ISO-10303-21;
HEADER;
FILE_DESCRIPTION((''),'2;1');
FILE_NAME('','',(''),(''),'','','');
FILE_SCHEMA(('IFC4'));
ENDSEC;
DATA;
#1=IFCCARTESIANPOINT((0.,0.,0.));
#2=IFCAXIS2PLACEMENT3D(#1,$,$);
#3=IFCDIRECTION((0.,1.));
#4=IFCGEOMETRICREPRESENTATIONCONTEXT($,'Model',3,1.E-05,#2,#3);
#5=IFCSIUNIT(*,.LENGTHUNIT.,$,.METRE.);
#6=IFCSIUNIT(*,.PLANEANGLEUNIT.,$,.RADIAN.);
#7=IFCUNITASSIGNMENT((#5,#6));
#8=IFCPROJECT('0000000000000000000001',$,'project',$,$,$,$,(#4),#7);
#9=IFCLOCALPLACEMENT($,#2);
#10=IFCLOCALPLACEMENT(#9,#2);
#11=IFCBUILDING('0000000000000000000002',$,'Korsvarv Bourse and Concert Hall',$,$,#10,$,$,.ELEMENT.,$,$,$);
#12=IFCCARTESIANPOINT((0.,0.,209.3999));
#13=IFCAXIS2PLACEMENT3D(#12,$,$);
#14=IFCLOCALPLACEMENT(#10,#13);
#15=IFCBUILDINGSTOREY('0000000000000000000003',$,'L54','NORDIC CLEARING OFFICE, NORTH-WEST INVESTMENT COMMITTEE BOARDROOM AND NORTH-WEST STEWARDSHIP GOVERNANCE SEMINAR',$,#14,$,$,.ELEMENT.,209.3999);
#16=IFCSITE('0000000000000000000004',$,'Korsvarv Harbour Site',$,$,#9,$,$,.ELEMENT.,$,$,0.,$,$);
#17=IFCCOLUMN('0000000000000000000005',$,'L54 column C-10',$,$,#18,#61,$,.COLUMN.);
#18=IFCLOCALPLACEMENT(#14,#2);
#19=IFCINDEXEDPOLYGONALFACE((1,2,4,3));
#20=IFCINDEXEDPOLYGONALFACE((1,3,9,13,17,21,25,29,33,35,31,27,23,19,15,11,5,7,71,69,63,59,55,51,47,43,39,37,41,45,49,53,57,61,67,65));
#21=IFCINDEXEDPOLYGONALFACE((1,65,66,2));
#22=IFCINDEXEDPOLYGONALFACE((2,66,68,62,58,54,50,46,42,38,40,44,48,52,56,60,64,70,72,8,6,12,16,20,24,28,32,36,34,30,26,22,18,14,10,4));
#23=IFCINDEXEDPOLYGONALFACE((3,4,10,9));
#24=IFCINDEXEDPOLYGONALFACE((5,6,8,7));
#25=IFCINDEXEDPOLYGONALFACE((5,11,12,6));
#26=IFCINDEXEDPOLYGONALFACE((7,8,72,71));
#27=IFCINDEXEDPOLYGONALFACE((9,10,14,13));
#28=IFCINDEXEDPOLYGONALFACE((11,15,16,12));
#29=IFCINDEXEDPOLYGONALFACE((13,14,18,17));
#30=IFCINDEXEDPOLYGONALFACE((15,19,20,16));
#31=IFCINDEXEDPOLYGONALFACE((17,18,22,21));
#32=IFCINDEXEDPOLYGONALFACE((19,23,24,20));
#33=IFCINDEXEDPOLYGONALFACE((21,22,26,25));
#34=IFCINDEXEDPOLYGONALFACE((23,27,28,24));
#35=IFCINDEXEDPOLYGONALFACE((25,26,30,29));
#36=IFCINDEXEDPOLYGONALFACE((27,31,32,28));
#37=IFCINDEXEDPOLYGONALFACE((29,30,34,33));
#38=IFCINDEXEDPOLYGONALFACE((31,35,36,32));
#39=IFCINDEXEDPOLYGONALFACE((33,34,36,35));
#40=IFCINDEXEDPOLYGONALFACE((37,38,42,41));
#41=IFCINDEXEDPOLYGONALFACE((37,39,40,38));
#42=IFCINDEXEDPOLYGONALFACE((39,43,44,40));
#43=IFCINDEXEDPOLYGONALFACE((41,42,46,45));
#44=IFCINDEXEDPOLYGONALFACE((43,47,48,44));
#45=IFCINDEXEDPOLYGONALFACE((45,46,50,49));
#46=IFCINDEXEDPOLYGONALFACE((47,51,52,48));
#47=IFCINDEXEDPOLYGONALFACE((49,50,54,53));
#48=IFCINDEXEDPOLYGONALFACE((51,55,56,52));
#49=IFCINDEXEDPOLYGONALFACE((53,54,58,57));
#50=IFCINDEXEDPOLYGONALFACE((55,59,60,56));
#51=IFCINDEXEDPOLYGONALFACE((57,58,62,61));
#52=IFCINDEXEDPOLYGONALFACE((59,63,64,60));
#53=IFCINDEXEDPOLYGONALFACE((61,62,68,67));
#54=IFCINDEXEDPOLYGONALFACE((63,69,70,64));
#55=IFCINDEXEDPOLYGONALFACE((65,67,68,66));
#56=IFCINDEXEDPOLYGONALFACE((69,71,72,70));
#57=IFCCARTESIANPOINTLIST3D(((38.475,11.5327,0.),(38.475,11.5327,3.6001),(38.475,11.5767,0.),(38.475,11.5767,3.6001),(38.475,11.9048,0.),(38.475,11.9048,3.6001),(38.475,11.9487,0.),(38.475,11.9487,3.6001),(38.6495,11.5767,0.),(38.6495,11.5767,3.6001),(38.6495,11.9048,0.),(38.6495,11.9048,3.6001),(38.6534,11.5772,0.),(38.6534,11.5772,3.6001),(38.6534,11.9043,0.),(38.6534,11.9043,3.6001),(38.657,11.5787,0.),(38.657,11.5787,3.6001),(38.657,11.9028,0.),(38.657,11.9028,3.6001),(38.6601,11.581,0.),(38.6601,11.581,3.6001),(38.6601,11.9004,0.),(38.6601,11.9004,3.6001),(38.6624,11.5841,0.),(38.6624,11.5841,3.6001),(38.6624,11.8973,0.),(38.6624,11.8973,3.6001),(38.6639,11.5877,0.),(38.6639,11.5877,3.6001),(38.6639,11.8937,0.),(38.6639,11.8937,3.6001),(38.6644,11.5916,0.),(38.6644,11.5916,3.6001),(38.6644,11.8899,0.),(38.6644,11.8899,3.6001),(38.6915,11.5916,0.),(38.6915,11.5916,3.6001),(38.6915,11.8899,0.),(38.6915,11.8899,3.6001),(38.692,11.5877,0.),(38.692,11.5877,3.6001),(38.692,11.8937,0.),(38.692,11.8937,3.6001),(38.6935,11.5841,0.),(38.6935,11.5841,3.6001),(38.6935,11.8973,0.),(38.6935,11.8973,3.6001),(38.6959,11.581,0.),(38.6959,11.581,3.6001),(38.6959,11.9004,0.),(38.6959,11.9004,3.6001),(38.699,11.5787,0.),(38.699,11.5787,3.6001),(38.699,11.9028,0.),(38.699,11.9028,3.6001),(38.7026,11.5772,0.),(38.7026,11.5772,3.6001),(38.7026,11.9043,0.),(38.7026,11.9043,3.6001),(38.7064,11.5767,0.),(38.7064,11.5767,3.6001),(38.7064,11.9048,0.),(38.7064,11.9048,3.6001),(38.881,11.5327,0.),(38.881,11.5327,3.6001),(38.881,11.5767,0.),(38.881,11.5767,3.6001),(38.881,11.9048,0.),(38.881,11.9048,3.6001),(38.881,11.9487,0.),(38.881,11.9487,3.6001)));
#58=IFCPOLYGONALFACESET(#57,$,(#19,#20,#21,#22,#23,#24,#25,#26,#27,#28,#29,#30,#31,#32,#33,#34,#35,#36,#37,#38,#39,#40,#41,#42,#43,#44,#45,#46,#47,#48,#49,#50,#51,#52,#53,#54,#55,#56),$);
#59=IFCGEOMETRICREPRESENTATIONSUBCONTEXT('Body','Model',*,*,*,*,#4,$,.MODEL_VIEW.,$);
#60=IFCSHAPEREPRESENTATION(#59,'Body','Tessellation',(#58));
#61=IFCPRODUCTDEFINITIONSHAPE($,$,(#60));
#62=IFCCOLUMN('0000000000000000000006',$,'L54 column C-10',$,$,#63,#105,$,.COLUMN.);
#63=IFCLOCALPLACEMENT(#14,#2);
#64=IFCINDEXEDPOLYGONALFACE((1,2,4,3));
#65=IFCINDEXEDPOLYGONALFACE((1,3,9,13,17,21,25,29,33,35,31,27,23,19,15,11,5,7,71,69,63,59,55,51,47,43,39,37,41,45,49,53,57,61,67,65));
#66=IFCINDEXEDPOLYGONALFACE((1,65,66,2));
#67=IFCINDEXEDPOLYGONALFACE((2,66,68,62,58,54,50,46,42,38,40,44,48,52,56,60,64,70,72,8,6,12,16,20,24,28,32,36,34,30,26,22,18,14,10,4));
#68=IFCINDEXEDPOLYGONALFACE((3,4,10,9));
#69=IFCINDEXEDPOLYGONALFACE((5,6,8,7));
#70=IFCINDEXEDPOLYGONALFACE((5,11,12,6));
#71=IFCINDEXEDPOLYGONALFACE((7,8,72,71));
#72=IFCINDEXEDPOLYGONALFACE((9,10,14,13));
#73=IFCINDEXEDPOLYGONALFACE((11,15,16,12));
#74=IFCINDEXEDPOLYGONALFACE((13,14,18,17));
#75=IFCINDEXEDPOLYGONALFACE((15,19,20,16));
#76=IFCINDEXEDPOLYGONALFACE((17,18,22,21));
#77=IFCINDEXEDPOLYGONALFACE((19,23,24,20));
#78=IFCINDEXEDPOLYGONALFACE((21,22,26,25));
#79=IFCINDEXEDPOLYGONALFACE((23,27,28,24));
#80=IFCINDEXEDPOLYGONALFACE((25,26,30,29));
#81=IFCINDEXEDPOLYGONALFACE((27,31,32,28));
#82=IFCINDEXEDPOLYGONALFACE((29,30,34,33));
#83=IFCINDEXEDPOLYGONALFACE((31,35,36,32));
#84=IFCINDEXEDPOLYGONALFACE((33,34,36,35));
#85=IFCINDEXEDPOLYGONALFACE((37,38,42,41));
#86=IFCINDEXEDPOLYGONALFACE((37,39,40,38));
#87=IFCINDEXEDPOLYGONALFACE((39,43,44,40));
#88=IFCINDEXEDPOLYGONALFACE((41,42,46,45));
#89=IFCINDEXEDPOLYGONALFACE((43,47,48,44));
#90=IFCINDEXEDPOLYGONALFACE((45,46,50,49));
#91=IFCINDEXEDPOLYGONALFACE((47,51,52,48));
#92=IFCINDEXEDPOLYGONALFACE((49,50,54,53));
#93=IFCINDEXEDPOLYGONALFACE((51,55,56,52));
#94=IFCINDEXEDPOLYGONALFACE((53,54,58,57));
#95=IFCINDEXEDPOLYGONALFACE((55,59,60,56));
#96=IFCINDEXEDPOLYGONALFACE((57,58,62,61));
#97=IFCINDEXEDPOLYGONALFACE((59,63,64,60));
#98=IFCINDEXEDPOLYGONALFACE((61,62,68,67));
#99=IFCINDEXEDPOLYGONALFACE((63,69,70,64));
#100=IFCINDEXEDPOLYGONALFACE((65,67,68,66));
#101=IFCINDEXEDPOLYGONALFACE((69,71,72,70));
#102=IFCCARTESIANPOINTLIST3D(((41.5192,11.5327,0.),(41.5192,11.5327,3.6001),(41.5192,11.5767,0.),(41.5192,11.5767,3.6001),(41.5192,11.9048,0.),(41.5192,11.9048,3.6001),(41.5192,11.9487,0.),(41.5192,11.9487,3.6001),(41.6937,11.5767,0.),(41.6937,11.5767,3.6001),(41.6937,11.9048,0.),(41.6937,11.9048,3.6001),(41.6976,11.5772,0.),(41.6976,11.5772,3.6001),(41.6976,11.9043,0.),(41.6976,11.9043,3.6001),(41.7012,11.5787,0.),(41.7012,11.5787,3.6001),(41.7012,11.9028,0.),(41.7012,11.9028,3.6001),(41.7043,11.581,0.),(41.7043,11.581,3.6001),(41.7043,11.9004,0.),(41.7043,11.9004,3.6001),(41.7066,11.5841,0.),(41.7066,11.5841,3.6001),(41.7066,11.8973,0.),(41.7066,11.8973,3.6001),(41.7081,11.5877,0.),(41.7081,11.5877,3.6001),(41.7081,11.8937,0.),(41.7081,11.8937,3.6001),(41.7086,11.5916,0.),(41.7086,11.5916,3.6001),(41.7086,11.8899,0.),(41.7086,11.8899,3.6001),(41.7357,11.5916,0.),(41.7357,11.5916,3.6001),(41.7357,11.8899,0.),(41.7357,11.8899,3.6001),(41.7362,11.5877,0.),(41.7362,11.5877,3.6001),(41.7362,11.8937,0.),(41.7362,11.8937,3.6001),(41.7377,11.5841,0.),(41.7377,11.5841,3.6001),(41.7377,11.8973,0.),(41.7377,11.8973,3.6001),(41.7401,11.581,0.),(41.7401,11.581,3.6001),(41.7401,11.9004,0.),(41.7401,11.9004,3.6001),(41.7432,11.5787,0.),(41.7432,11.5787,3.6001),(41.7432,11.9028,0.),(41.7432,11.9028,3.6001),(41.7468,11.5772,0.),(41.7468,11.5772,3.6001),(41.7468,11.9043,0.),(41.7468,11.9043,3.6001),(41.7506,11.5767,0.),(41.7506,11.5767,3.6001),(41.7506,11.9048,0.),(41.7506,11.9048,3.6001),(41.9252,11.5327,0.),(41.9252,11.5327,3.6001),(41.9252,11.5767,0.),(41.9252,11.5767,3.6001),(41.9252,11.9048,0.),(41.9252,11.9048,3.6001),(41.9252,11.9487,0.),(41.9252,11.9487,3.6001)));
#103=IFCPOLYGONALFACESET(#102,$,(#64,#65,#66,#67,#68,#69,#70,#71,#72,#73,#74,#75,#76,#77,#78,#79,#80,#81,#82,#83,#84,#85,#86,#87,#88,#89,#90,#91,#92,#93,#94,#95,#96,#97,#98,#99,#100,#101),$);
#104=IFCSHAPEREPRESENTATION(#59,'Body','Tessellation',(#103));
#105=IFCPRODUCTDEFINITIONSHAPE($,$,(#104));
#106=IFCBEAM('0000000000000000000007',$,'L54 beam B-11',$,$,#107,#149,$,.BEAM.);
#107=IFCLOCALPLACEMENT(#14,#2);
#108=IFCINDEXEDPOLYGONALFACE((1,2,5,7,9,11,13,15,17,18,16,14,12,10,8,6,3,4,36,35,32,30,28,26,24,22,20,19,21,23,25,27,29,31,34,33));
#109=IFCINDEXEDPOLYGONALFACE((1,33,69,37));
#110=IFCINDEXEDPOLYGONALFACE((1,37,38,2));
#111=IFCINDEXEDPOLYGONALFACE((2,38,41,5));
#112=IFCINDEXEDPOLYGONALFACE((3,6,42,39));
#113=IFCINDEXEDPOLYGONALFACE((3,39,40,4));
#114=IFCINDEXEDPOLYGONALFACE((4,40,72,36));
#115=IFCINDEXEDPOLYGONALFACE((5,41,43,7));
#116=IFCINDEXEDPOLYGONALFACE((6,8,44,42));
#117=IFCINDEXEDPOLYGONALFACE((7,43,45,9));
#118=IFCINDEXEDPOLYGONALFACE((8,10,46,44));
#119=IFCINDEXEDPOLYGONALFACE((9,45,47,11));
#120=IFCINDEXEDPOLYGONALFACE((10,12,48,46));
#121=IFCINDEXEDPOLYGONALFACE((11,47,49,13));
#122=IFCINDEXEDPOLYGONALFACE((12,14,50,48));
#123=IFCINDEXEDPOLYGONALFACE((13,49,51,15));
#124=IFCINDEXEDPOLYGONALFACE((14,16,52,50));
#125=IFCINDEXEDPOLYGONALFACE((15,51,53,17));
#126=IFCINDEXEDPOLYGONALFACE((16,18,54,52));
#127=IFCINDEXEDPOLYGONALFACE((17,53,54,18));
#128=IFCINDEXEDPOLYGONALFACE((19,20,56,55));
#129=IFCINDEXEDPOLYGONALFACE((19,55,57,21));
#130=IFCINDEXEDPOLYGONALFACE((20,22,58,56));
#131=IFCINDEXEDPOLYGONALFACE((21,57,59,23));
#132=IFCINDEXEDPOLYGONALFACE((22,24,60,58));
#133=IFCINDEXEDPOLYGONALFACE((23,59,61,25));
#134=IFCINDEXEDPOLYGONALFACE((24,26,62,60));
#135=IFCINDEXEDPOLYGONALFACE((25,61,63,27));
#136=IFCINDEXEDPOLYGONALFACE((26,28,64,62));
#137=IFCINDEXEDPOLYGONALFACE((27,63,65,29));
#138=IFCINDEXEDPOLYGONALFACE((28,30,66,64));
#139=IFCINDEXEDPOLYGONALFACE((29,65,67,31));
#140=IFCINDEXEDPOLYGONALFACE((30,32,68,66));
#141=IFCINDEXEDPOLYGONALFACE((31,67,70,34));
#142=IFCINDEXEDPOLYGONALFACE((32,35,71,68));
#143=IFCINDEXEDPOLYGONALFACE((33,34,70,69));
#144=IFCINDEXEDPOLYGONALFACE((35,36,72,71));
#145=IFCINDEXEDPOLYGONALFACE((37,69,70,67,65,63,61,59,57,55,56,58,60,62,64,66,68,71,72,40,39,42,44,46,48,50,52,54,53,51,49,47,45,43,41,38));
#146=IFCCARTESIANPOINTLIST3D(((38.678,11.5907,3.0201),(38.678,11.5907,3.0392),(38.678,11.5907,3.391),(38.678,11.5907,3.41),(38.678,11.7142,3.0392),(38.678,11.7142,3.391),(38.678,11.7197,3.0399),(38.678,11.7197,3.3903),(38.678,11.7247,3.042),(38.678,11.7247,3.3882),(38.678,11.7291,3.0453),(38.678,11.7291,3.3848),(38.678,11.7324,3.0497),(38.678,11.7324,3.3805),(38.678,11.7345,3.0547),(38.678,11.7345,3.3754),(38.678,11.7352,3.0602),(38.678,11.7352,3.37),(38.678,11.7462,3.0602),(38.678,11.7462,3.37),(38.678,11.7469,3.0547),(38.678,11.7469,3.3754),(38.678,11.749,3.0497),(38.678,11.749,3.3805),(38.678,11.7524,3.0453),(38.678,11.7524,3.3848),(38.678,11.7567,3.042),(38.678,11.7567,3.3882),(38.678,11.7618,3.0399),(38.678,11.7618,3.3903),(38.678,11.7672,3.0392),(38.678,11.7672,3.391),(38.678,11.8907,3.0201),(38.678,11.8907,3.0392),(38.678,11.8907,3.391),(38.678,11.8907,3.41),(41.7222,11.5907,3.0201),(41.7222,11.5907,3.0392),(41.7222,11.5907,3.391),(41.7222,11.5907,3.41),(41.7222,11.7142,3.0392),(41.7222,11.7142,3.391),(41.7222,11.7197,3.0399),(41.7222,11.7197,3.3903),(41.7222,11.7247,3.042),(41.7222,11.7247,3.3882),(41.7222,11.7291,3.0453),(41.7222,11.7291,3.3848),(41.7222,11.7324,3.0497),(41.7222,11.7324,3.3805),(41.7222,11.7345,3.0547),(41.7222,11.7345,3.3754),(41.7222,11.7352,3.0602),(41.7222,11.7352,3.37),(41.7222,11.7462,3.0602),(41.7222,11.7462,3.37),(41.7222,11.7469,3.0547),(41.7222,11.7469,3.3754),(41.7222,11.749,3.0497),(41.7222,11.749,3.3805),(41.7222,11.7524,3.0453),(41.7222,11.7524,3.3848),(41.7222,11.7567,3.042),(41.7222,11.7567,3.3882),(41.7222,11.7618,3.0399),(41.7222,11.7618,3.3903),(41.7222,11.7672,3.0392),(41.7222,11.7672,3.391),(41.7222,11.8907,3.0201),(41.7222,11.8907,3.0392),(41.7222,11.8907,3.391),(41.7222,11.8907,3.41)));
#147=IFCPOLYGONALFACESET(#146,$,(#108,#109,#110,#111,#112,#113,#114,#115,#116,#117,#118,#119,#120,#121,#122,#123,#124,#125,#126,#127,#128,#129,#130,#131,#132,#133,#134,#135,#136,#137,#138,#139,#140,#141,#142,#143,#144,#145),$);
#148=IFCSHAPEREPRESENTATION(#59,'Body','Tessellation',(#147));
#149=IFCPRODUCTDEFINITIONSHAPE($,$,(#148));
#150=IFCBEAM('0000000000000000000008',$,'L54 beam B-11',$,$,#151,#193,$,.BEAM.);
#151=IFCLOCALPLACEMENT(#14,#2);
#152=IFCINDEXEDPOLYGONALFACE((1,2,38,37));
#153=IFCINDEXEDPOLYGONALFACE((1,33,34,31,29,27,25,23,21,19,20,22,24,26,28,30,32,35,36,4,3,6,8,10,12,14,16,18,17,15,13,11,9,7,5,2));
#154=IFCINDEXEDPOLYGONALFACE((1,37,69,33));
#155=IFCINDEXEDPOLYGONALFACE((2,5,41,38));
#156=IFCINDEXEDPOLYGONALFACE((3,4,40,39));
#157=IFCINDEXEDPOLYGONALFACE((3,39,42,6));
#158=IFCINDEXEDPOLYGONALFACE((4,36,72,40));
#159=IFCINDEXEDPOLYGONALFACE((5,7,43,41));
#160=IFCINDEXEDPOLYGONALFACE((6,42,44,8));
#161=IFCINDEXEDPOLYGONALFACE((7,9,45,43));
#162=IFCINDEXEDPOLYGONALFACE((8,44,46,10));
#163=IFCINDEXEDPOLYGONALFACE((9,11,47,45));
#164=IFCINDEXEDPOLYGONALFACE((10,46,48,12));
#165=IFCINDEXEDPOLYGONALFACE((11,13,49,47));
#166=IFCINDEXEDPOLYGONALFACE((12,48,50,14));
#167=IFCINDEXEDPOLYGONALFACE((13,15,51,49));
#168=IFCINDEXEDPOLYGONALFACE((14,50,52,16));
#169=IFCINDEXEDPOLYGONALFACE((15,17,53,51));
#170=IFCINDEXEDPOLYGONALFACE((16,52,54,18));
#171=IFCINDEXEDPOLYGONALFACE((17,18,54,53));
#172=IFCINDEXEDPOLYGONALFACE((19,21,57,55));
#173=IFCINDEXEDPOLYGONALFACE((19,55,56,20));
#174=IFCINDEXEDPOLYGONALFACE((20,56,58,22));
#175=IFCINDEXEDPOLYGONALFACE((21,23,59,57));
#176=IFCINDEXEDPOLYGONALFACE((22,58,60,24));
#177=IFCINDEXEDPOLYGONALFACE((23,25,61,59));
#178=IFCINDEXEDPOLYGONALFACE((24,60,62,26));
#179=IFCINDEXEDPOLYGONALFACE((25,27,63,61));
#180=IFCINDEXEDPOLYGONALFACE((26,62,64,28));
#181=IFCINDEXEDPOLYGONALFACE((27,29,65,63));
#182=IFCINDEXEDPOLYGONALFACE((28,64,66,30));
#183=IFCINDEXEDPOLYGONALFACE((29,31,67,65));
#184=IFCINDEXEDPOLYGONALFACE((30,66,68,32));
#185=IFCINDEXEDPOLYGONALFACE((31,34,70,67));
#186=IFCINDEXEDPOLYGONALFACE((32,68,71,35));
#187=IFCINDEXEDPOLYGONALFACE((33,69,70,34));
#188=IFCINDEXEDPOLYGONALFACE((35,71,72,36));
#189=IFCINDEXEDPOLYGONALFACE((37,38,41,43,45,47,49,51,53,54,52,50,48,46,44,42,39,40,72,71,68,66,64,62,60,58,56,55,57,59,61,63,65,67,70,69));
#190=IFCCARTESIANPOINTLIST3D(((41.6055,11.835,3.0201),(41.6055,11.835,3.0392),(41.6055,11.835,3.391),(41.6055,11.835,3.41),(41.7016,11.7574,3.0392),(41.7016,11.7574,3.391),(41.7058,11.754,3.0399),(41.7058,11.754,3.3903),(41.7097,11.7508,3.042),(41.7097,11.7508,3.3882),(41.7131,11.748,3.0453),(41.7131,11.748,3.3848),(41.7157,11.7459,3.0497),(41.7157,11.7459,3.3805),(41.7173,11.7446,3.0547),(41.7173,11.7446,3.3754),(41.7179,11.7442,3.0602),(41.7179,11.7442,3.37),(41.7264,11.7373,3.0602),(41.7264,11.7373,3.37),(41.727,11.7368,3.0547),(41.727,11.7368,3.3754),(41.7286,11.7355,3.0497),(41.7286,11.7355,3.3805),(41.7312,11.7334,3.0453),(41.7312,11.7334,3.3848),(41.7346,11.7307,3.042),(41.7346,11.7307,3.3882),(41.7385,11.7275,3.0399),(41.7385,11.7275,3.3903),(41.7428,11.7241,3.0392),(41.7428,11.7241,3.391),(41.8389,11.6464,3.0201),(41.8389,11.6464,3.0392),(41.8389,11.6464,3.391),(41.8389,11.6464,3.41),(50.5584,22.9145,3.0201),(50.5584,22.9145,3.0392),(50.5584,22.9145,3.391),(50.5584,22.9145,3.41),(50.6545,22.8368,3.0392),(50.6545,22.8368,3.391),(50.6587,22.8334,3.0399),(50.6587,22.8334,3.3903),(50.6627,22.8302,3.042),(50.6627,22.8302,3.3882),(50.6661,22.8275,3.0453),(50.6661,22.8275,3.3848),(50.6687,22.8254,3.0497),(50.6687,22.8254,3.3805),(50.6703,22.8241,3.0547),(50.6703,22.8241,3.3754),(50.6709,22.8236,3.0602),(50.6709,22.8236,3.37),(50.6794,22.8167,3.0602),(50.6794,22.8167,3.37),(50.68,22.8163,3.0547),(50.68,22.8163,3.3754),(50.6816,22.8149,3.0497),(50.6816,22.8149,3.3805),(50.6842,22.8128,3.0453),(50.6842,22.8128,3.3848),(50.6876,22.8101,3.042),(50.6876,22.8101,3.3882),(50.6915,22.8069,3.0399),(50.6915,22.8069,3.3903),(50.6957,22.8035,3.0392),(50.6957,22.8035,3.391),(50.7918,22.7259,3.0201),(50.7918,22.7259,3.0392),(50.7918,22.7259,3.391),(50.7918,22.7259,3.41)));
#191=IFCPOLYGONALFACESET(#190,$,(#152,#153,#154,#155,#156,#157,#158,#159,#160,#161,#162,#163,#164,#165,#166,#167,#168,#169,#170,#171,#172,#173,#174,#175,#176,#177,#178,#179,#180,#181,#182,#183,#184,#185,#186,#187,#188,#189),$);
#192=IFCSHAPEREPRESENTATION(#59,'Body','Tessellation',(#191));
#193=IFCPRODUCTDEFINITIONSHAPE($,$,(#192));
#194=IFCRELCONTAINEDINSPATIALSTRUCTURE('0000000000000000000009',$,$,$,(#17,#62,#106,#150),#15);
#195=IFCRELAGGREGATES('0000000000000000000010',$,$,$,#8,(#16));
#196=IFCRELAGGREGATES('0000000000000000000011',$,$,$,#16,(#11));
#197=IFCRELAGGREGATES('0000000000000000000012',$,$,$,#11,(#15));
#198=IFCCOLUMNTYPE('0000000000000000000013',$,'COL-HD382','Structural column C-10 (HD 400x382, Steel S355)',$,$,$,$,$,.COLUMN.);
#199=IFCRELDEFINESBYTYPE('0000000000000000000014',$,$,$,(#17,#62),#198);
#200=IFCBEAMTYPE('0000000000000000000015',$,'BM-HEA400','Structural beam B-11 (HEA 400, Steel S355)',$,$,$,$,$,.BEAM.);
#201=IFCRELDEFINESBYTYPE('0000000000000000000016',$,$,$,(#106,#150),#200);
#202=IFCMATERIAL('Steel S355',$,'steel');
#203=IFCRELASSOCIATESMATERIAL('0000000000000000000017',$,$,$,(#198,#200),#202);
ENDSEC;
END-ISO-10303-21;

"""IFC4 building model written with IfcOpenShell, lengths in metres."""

from ifc_helpers import new_model, si_unit, direction, frame, origin, origin_2d, place, context, subcontext, project, spatial, i_section, extrude, source, transform, mapped, material, material_profile, profile_set, type_object, element, save


model = new_model("IFC4")

# Units and contexts
model_context = context("Model", 3, precision=1e-05, world=origin(), true_north=direction((0.0, 1.0)))
body_context = subcontext(model_context, "Body", "Model", "MODEL_VIEW")
ifc_project = project(units=[si_unit("LENGTHUNIT", "METRE"), si_unit("PLANEANGLEUNIT", "RADIAN")], contexts=[model_context])

# Site, building, storey
site_placement = place(None, origin())
site = spatial("IfcSite", under=ifc_project, at=site_placement, Name="Korsvarv Harbour Site", CompositionType="ELEMENT", RefElevation=0.0)
building_placement = place(site_placement, origin())
building = spatial("IfcBuilding", under=site, at=building_placement, Name="Korsvarv Bourse and Concert Hall", CompositionType="ELEMENT")
storey_placement = place(building_placement, frame((0.0, 0.0, 209.3999)))
storey = spatial("IfcBuildingStorey", under=building, at=storey_placement, Name="L54", Description="NORDIC CLEARING OFFICE, NORTH-WEST INVESTMENT COMMITTEE BOARDROOM AND NORTH-WEST STEWARDSHIP GOVERNANCE SEMINAR", CompositionType="ELEMENT", Elevation=209.3999)

# Columns
ifc_material_1 = material(Name="Steel S355", Category="steel")
ifc_material_profile_1 = material_profile(ifc_material_1, i_section(OverallWidth=0.406, OverallDepth=0.416, WebThickness=0.0271, FlangeThickness=0.0439, FilletRadius=0.0149, at=origin_2d()), Name="HD 400x382")
ifc_profile_set_1 = profile_set([ifc_material_profile_1], Name="Steel S355")
column_type = type_object("IfcColumnType", Name="COL-HD382", Description="Structural column C-10 (HD 400x382, Steel S355)", PredefinedType="COLUMN", material=ifc_profile_set_1)
shared_shape_1 = source(origin(), body_context, "Body", "SweptSolid", [
    extrude(i_section(OverallWidth=0.406, OverallDepth=0.416, WebThickness=0.0271, FlangeThickness=0.0439, FilletRadius=0.0149, at=origin_2d()), origin(), (0.0, 0.0, 1.0), 3.6001),
])
for number, where, z_axis, x_axis, name in (
    (1, (38.678, 11.7407, 0.0), (0.0, 0.0, 1.0), (1.0, 0.0, 0.0), "L54 column C-10"),
    (2, (41.7222, 11.7407, 0.0), (0.0, 0.0, 1.0), (1.0, 0.0, 0.0), "L54 column C-10"),
):
    element("IfcColumn", number, at=place(storey_placement, frame(where, z_axis=z_axis, x_axis=x_axis)), inside=storey, type_object=column_type, Name=name, PredefinedType="COLUMN", context=body_context, shape_type="MappedRepresentation", body=[
        mapped(shared_shape_1, transform((0.0, 0.0, 0.0), scale=1.0)),
    ])

# Beams
ifc_material_profile_2 = material_profile(ifc_material_1, i_section(OverallWidth=0.3, OverallDepth=0.3899, WebThickness=0.011, FlangeThickness=0.019, FilletRadius=0.021, at=origin_2d()), Name="HEA 400")
ifc_profile_set_2 = profile_set([ifc_material_profile_2], Name="Steel S355")
beam_type_1 = type_object("IfcBeamType", Name="BM-HEA400", Description="Structural beam B-11 (HEA 400, Steel S355)", PredefinedType="BEAM", material=ifc_profile_set_2)
shared_shape_2 = source(origin(), body_context, "Body", "SweptSolid", [
    extrude(i_section(OverallWidth=0.3, OverallDepth=0.3899, WebThickness=0.011, FlangeThickness=0.019, FilletRadius=0.021, at=origin_2d()), origin(), (0.0, 0.0, 1.0), 3.0442),
])
beam_1_placement = place(storey_placement, frame((38.678, 11.7407, 3.2151), z_axis=(1.0, 0.0, 0.0), x_axis=(0.0, 1.0, 0.0)))
element("IfcBeam", 3, at=beam_1_placement, inside=storey, type_object=beam_type_1, Name="L54 beam B-11", PredefinedType="BEAM", context=body_context, shape_type="MappedRepresentation", body=[
    mapped(shared_shape_2, transform((0.0, 0.0, 0.0), scale=1.0)),
])
shared_shape_3 = source(origin(), body_context, "Body", "SweptSolid", [
    extrude(i_section(OverallWidth=0.3, OverallDepth=0.3899, WebThickness=0.011, FlangeThickness=0.019, FilletRadius=0.021, at=origin_2d()), origin(), (0.0, 0.0, 1.0), 14.2446),
])
beam_2_placement = place(storey_placement, frame((41.7222, 11.7407, 3.2151), z_axis=(0.628515, 0.777798, 0.0), x_axis=(-0.777798, 0.628515, 0.0)))
element("IfcBeam", 4, at=beam_2_placement, inside=storey, type_object=beam_type_1, Name="L54 beam B-11", PredefinedType="BEAM", context=body_context, shape_type="MappedRepresentation", body=[
    mapped(shared_shape_3, transform((0.0, 0.0, 0.0), scale=1.0)),
])

save(model, "model.ifc")
